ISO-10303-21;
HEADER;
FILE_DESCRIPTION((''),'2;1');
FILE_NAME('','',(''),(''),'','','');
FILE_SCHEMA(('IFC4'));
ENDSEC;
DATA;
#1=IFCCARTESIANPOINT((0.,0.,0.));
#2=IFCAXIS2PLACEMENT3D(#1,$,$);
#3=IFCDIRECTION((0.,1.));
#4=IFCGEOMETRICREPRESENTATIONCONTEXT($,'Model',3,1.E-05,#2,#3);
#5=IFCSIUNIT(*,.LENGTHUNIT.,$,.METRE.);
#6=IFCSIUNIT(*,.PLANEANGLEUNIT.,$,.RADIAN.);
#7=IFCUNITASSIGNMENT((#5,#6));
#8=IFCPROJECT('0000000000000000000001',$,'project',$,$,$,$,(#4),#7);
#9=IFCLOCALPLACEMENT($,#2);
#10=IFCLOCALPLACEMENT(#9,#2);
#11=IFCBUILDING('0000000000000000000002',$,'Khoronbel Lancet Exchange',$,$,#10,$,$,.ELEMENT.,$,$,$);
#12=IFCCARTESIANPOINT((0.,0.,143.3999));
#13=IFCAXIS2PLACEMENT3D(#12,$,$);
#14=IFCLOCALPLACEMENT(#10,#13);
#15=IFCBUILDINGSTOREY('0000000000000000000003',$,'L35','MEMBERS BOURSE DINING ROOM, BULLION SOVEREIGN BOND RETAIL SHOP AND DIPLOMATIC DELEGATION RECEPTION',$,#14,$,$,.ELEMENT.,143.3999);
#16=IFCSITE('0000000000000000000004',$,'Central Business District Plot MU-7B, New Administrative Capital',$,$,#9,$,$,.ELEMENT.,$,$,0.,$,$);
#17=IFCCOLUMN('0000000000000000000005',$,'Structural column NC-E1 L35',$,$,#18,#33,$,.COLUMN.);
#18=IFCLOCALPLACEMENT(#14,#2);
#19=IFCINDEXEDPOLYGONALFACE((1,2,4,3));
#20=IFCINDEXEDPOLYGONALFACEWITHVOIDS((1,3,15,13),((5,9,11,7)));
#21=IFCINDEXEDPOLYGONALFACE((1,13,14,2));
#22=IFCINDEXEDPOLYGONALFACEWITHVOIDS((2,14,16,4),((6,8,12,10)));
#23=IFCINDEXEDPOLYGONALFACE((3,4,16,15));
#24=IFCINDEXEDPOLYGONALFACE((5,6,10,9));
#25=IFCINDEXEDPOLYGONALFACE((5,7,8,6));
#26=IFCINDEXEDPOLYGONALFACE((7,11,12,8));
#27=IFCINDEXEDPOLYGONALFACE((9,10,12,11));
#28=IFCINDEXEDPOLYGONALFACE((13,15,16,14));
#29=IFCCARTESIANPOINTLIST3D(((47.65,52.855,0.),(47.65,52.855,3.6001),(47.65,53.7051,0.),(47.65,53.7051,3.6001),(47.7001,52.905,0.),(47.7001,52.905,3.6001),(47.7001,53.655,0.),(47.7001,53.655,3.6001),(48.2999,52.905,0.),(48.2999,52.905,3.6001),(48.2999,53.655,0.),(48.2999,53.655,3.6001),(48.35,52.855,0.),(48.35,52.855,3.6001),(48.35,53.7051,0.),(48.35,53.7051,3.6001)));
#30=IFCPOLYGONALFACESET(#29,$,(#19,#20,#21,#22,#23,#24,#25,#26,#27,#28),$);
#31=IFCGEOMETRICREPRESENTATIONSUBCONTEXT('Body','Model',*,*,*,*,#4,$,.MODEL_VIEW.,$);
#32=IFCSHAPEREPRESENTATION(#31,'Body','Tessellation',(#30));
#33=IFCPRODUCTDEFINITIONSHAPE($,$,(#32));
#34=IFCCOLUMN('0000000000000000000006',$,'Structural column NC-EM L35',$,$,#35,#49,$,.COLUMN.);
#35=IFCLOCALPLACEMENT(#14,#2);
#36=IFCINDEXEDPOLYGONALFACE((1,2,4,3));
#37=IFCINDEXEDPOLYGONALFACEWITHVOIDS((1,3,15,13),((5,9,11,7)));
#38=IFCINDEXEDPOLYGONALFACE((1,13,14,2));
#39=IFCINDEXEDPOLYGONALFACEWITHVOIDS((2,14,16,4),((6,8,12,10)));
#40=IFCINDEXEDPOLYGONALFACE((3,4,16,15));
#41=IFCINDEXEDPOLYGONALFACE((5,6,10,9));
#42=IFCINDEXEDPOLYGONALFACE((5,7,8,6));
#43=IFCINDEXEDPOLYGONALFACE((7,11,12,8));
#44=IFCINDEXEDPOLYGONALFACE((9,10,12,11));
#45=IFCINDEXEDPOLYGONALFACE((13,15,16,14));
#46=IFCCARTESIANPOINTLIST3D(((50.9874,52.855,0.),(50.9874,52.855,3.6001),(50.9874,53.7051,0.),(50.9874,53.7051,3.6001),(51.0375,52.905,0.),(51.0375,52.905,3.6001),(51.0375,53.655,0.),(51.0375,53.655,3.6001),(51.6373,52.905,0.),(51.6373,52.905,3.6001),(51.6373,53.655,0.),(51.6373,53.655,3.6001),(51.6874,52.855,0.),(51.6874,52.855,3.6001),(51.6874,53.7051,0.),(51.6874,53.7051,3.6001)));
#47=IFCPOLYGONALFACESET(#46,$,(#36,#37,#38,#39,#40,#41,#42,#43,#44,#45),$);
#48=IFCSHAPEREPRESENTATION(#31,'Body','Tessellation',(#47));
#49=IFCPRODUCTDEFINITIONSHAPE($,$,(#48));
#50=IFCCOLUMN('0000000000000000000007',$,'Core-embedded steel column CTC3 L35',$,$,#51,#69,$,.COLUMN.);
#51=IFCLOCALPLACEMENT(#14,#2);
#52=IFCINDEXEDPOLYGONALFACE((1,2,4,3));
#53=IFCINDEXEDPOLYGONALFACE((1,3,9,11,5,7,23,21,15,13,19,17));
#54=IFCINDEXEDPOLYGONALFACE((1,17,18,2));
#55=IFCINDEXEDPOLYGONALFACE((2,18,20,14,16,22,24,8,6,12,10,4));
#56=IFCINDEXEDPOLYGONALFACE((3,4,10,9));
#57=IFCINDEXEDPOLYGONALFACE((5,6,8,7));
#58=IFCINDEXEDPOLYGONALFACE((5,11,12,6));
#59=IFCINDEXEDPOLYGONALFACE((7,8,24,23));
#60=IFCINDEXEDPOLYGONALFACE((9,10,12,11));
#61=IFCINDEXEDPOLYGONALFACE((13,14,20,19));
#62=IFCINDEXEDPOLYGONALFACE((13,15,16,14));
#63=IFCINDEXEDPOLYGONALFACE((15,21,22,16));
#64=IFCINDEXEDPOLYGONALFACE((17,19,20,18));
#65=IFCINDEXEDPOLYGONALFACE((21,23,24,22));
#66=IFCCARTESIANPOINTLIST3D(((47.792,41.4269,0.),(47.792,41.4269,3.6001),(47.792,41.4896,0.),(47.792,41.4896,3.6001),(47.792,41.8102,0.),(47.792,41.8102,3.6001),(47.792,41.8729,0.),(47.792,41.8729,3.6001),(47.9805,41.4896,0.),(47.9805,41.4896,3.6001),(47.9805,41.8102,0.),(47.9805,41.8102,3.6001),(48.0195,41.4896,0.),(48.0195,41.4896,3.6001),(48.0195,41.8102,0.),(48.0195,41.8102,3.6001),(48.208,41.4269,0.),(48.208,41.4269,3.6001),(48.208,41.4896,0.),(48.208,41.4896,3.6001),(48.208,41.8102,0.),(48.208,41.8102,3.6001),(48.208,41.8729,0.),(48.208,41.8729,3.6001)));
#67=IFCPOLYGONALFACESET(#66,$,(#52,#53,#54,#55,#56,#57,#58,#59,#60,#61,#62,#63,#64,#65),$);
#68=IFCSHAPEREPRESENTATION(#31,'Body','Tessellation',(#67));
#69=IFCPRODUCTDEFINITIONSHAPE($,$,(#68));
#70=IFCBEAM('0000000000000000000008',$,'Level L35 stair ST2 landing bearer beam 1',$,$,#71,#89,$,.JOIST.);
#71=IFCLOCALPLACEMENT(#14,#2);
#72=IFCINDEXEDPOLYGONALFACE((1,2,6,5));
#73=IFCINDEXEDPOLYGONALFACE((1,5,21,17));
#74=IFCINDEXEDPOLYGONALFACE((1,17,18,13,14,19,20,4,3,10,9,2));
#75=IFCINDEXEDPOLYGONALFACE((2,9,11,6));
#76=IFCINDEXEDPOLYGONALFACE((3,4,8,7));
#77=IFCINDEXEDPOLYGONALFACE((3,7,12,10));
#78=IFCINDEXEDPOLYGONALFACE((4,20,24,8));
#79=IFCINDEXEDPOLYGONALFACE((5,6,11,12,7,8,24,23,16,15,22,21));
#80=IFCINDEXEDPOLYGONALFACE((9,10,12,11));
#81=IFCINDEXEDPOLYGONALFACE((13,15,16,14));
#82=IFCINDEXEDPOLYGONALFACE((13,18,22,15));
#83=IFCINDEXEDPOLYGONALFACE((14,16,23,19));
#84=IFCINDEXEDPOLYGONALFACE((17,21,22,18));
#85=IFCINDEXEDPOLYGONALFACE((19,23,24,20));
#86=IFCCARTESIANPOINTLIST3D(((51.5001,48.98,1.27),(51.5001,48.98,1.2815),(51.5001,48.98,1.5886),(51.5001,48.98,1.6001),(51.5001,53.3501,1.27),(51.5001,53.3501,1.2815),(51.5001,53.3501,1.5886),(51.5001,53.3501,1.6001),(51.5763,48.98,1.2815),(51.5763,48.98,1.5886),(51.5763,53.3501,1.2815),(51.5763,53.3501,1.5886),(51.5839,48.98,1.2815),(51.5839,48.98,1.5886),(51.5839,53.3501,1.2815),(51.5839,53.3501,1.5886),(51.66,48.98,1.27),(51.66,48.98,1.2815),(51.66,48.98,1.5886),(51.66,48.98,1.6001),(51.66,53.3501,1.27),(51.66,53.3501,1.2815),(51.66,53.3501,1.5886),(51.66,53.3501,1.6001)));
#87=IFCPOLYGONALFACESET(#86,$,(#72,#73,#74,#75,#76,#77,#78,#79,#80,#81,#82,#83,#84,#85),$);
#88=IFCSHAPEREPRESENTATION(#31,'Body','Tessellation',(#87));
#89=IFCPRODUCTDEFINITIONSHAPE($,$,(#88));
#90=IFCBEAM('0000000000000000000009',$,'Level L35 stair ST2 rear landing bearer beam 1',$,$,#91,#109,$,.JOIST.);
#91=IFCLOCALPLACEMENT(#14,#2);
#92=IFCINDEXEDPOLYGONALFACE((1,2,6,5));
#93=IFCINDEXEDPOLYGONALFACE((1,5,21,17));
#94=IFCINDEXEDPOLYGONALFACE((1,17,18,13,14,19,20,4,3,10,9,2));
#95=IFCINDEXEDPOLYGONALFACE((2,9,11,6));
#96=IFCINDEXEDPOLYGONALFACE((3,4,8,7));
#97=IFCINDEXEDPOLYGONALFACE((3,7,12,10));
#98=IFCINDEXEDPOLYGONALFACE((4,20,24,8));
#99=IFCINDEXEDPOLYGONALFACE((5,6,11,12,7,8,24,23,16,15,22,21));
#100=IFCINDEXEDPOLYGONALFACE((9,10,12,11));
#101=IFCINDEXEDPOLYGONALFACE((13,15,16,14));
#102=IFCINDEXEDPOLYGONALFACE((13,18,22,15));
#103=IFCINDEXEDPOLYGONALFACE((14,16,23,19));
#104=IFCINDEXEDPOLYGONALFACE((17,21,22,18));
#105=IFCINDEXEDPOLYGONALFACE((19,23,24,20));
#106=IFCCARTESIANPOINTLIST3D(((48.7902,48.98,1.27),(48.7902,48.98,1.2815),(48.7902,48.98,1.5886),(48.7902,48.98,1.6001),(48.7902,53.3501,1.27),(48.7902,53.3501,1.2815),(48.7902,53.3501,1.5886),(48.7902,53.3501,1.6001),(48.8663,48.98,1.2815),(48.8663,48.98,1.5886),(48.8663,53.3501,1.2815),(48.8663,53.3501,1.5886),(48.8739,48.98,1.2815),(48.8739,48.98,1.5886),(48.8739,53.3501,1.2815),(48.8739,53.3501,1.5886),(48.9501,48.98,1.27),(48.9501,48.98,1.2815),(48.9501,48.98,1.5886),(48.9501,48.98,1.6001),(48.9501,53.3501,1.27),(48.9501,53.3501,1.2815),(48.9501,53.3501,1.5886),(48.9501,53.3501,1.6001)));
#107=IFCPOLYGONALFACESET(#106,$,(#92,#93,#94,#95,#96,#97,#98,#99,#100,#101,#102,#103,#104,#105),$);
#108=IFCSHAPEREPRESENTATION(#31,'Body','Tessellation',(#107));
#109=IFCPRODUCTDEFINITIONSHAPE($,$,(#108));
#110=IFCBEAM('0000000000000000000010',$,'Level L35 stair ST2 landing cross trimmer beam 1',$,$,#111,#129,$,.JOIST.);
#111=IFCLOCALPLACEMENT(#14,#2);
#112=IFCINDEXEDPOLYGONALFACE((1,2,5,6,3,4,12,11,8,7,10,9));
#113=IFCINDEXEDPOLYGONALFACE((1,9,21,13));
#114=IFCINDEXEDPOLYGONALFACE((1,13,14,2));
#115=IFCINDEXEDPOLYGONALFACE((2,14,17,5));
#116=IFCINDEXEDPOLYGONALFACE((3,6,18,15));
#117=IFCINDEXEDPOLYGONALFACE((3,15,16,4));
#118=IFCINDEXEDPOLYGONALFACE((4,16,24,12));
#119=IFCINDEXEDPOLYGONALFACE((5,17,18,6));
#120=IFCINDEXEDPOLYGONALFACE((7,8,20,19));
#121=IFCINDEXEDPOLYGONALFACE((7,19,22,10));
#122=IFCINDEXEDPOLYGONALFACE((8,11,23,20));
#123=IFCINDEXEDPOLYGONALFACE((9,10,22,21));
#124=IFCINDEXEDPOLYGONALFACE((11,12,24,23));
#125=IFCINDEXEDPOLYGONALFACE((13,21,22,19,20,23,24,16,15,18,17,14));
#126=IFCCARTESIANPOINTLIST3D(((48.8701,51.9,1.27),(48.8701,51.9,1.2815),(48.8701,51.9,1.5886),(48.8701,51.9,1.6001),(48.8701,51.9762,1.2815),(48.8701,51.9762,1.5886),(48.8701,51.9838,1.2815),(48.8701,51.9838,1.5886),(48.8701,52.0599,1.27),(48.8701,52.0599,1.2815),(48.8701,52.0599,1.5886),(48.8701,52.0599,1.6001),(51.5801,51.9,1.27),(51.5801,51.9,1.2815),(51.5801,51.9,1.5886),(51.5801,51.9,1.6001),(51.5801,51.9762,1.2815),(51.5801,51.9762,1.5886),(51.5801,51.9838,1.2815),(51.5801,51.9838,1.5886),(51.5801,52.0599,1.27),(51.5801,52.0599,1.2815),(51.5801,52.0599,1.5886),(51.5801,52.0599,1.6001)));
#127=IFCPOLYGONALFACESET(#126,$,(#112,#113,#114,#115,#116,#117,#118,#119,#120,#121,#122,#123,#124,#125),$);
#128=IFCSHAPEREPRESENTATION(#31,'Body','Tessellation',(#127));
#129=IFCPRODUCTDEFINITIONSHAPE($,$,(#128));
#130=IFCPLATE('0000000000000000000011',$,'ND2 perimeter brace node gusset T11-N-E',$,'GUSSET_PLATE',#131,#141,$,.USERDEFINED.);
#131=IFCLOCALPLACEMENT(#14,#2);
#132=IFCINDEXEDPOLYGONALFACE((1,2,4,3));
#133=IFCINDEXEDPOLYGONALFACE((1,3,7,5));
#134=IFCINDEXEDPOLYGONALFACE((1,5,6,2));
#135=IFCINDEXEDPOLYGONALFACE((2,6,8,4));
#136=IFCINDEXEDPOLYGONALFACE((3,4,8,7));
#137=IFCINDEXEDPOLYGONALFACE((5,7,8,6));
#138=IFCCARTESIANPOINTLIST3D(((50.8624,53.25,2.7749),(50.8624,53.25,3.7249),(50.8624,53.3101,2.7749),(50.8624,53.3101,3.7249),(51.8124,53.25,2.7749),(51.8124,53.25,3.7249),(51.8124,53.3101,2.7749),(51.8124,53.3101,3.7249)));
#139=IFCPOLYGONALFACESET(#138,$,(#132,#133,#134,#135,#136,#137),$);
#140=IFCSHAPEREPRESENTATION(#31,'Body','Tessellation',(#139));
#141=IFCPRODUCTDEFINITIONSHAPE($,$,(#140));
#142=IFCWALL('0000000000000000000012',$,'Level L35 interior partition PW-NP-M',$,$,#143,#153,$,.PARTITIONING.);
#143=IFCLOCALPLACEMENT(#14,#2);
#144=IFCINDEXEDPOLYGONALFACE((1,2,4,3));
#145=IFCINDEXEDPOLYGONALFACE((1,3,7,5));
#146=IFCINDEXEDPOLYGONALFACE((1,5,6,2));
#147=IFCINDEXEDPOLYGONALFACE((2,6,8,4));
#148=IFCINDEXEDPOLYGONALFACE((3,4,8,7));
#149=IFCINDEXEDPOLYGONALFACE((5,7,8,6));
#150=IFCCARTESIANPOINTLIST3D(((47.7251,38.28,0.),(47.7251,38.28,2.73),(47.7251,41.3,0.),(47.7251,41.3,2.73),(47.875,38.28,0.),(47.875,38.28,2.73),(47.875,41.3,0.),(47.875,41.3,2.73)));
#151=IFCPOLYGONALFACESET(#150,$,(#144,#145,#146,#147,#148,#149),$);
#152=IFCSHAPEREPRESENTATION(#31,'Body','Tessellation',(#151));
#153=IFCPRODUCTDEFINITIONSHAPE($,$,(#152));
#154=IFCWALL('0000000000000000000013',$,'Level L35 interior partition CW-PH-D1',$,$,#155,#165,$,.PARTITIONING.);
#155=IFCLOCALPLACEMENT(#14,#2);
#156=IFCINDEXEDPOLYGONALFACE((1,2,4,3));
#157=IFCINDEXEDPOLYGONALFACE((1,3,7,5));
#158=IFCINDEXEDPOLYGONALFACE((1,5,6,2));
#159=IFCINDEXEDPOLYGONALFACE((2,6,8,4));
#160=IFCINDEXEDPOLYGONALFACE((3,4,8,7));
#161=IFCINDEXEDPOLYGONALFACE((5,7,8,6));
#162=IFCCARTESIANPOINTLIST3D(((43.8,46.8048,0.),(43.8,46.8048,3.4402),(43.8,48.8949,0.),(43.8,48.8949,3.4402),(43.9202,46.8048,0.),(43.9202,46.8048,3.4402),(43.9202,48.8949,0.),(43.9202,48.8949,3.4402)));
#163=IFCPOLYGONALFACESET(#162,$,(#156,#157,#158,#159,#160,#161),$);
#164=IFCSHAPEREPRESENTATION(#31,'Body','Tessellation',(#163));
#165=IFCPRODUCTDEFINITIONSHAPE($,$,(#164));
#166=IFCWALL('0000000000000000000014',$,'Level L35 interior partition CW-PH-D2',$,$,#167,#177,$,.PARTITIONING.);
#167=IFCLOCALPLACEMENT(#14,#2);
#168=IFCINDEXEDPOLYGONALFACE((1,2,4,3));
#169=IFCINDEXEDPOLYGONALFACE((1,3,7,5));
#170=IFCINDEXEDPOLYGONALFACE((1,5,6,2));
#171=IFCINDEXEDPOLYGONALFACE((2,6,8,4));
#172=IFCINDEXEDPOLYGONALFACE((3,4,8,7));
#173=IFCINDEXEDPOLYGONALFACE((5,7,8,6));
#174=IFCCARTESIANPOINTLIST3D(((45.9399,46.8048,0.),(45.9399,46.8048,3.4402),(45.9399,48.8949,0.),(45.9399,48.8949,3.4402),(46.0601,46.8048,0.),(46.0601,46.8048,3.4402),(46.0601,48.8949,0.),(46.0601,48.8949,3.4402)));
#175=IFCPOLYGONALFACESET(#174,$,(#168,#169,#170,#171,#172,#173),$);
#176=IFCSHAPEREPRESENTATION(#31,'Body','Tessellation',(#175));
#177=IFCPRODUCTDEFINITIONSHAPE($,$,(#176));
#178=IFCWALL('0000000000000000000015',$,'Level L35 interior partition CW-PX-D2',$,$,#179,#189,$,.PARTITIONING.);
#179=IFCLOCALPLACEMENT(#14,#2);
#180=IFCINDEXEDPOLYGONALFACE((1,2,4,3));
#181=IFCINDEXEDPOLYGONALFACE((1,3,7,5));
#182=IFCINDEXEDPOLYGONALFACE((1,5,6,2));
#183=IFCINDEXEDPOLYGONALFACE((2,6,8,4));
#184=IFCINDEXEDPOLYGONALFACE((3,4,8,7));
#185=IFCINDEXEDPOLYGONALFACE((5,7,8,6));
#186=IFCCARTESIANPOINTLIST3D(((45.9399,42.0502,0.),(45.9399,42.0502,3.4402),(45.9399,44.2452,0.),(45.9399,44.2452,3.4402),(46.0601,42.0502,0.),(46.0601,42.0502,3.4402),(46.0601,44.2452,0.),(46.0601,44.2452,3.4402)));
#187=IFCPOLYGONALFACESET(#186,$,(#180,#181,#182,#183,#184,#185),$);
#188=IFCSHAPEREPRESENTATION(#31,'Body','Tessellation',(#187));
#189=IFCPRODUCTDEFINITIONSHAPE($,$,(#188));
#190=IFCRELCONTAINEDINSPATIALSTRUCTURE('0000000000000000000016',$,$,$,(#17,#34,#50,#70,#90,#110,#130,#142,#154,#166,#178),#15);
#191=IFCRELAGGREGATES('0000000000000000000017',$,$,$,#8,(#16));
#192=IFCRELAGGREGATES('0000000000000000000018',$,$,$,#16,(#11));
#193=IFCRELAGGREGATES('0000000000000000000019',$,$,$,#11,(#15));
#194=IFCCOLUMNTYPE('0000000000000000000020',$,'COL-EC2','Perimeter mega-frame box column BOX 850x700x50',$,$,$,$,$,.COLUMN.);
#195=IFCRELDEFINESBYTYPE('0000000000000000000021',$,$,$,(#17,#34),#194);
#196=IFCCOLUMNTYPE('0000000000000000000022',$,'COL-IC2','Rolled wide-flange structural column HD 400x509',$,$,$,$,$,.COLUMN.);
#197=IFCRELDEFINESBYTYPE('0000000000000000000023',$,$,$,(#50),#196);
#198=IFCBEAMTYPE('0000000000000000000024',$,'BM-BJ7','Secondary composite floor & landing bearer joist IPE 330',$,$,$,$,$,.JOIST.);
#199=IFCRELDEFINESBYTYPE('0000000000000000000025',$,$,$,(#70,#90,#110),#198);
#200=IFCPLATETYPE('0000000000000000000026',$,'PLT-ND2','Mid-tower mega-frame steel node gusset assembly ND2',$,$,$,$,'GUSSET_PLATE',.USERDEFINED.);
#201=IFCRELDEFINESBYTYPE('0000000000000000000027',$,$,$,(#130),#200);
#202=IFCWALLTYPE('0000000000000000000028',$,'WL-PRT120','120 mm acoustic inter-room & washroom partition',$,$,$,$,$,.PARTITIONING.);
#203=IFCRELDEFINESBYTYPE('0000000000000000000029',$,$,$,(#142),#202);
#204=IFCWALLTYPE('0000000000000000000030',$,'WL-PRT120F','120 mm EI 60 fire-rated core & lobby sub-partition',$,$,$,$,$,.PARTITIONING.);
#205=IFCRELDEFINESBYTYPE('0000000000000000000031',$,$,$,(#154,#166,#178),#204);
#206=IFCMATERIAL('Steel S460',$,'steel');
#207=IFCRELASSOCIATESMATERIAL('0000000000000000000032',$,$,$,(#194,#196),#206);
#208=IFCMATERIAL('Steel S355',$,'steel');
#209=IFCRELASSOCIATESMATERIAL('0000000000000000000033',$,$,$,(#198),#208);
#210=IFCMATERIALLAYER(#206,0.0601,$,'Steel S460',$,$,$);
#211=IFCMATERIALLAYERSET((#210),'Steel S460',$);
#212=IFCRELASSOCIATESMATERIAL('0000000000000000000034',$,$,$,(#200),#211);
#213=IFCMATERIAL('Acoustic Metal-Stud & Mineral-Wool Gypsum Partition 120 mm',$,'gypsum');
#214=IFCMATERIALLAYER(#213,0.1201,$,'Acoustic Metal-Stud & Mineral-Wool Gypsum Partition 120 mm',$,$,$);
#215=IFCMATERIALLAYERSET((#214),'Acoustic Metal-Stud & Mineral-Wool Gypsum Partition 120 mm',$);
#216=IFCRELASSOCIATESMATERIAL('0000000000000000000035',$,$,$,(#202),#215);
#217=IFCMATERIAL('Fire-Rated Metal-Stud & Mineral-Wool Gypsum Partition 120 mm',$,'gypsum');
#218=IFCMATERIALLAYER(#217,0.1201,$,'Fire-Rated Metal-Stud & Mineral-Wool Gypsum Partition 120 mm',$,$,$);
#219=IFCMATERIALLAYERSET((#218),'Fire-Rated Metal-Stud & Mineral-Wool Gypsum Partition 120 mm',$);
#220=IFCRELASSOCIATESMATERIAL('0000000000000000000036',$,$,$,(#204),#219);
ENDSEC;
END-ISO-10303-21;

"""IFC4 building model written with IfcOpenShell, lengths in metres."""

from ifc_helpers import new_model, si_unit, direction, frame, frame_2d, origin, origin_2d, place, context, subcontext, project, spatial, rectangle, hollow_rectangle, i_section, extrude, material, layer, layer_set, material_profile, profile_set, type_object, element, save


model = new_model("IFC4")

# Units and contexts
model_context = context("Model", 3, precision=1e-05, world=origin(), true_north=direction((0.0, 1.0)))
body_context = subcontext(model_context, "Body", "Model", "MODEL_VIEW")
ifc_project = project(units=[si_unit("LENGTHUNIT", "METRE"), si_unit("PLANEANGLEUNIT", "RADIAN")], contexts=[model_context])

# Site, building, storey
site_placement = place(None, origin())
site = spatial("IfcSite", under=ifc_project, at=site_placement, Name="Central Business District Plot MU-7B, New Administrative Capital", CompositionType="ELEMENT", RefElevation=0.0)
building_placement = place(site_placement, origin())
building = spatial("IfcBuilding", under=site, at=building_placement, Name="Khoronbel Lancet Exchange", CompositionType="ELEMENT")
storey_placement = place(building_placement, frame((0.0, 0.0, 143.3999)))
storey = spatial("IfcBuildingStorey", under=building, at=storey_placement, Name="L35", Description="MEMBERS BOURSE DINING ROOM, BULLION SOVEREIGN BOND RETAIL SHOP AND DIPLOMATIC DELEGATION RECEPTION", CompositionType="ELEMENT", Elevation=143.3999)

# Columns
ifc_material_1 = material(Name="Steel S460", Category="steel")
ifc_material_profile_1 = material_profile(ifc_material_1, hollow_rectangle(XDim=0.7, YDim=0.8501, WallThickness=0.05, at=origin_2d()), Name="BOX 850x700x50")
ifc_profile_set_1 = profile_set([ifc_material_profile_1], Name="Steel S460")
column_type_1 = type_object("IfcColumnType", Name="COL-EC2", Description="Perimeter mega-frame box column BOX 850x700x50", PredefinedType="COLUMN", material=ifc_profile_set_1)
for number, where, z_axis, x_axis, name in (
    (1, (48.0, 53.28, 0.0), (0.0, 0.0, 1.0), (1.0, 0.0, 0.0), "Structural column NC-E1 L35"),
    (2, (51.3374, 53.28, 0.0), (0.0, 0.0, 1.0), (1.0, 0.0, 0.0), "Structural column NC-EM L35"),
):
    element("IfcColumn", number, at=place(storey_placement, frame(where, z_axis=z_axis, x_axis=x_axis)), inside=storey, type_object=column_type_1, Name=name, PredefinedType="COLUMN", context=body_context, shape_type="SweptSolid", body=[
        extrude(hollow_rectangle(XDim=0.7, YDim=0.8501, WallThickness=0.05, at=origin_2d()), origin(), (0.0, 0.0, 1.0), 3.6001),
    ])
ifc_material_profile_2 = material_profile(ifc_material_1, i_section(OverallWidth=0.416, OverallDepth=0.446, WebThickness=0.0391, FlangeThickness=0.0627, at=origin_2d()), Name="HD 400x509")
ifc_profile_set_2 = profile_set([ifc_material_profile_2], Name="Steel S460")
column_type_2 = type_object("IfcColumnType", Name="COL-IC2", Description="Rolled wide-flange structural column HD 400x509", PredefinedType="COLUMN", material=ifc_profile_set_2)
column_placement = place(storey_placement, frame((48.0, 41.6499, 0.0), z_axis=(0.0, 0.0, 1.0), x_axis=(1.0, 0.0, 0.0)))
element("IfcColumn", 3, at=column_placement, inside=storey, type_object=column_type_2, Name="Core-embedded steel column CTC3 L35", PredefinedType="COLUMN", context=body_context, shape_type="SweptSolid", body=[
    extrude(i_section(OverallWidth=0.416, OverallDepth=0.446, WebThickness=0.0391, FlangeThickness=0.0627, at=origin_2d()), origin(), (0.0, 0.0, 1.0), 3.6001),
])

# Beams
ifc_material_2 = material(Name="Steel S355", Category="steel")
ifc_material_profile_3 = material_profile(ifc_material_2, i_section(OverallWidth=0.1599, OverallDepth=0.3301, WebThickness=0.0076, FlangeThickness=0.0115, at=origin_2d()), Name="IPE 330")
ifc_profile_set_3 = profile_set([ifc_material_profile_3], Name="Steel S355")
beam_type = type_object("IfcBeamType", Name="BM-BJ7", Description="Secondary composite floor & landing bearer joist IPE 330", PredefinedType="JOIST", material=ifc_profile_set_3)
for number, where, z_axis, x_axis, name in (
    (4, (51.5801, 48.98, 1.4351), (0.0, 1.0, 0.0), (-1.0, 0.0, 0.0), "Level L35 stair ST2 landing bearer beam 1"),
    (5, (48.8701, 48.98, 1.4351), (0.0, 1.0, 0.0), (-1.0, 0.0, 0.0), "Level L35 stair ST2 rear landing bearer beam 1"),
):
    element("IfcBeam", number, at=place(storey_placement, frame(where, z_axis=z_axis, x_axis=x_axis)), inside=storey, type_object=beam_type, Name=name, PredefinedType="JOIST", context=body_context, shape_type="SweptSolid", body=[
        extrude(i_section(OverallWidth=0.1599, OverallDepth=0.3301, WebThickness=0.0076, FlangeThickness=0.0115, at=origin_2d()), origin(), (0.0, 0.0, 1.0), 4.3701),
    ])
beam_placement = place(storey_placement, frame((48.8701, 51.98, 1.4351), z_axis=(1.0, 0.0, 0.0), x_axis=(0.0, 1.0, 0.0)))
element("IfcBeam", 6, at=beam_placement, inside=storey, type_object=beam_type, Name="Level L35 stair ST2 landing cross trimmer beam 1", PredefinedType="JOIST", context=body_context, shape_type="SweptSolid", body=[
    extrude(i_section(OverallWidth=0.1599, OverallDepth=0.3301, WebThickness=0.0076, FlangeThickness=0.0115, at=origin_2d()), origin(), (0.0, 0.0, 1.0), 2.71),
])

# Plate
ifc_layer_1 = layer(ifc_material_1, 0.0601, Name="Steel S460")
ifc_layer_set_1 = layer_set([ifc_layer_1], Name="Steel S460")
plate_type = type_object("IfcPlateType", Name="PLT-ND2", Description="Mid-tower mega-frame steel node gusset assembly ND2", ElementType="GUSSET_PLATE", PredefinedType="USERDEFINED", material=ifc_layer_set_1)
plate_placement = place(storey_placement, frame((51.3374, 53.28, 2.7749), z_axis=(0.0, 0.0, 1.0), x_axis=(1.0, 0.0, 0.0)))
element("IfcPlate", 7, at=plate_placement, inside=storey, type_object=plate_type, Name="ND2 perimeter brace node gusset T11-N-E", ObjectType="GUSSET_PLATE", PredefinedType="USERDEFINED", context=body_context, shape_type="SweptSolid", body=[
    extrude(rectangle(XDim=0.95, YDim=0.0601, at=origin_2d()), origin(), (0.0, 0.0, 1.0), 0.95),
])

# Walls
ifc_material_3 = material(Name="Acoustic Metal-Stud & Mineral-Wool Gypsum Partition 120 mm", Category="gypsum")
ifc_layer_2 = layer(ifc_material_3, 0.1201, Name="Acoustic Metal-Stud & Mineral-Wool Gypsum Partition 120 mm")
ifc_layer_set_2 = layer_set([ifc_layer_2], Name="Acoustic Metal-Stud & Mineral-Wool Gypsum Partition 120 mm")
wall_type_1 = type_object("IfcWallType", Name="WL-PRT120", Description="120 mm acoustic inter-room & washroom partition", PredefinedType="PARTITIONING", material=ifc_layer_set_2)
wall_1_placement = place(storey_placement, frame((47.8, 38.28, 0.0), z_axis=(0.0, 0.0, 1.0), x_axis=(0.0, 1.0, 0.0)))
element("IfcWall", 8, at=wall_1_placement, inside=storey, type_object=wall_type_1, Name="Level L35 interior partition PW-NP-M", PredefinedType="PARTITIONING", context=body_context, shape_type="SweptSolid", body=[
    extrude(rectangle(XDim=3.02, YDim=0.1499, at=frame_2d((1.51, 0.0))), origin(), (0.0, 0.0, 1.0), 2.73),
])
ifc_material_4 = material(Name="Fire-Rated Metal-Stud & Mineral-Wool Gypsum Partition 120 mm", Category="gypsum")
ifc_layer_3 = layer(ifc_material_4, 0.1201, Name="Fire-Rated Metal-Stud & Mineral-Wool Gypsum Partition 120 mm")
ifc_layer_set_3 = layer_set([ifc_layer_3], Name="Fire-Rated Metal-Stud & Mineral-Wool Gypsum Partition 120 mm")
wall_type_2 = type_object("IfcWallType", Name="WL-PRT120F", Description="120 mm EI 60 fire-rated core & lobby sub-partition", PredefinedType="PARTITIONING", material=ifc_layer_set_3)
for number, where, z_axis, x_axis, name in (
    (9, (43.8601, 46.8049, 0.0), (0.0, 0.0, 1.0), (0.0, 1.0, 0.0), "Level L35 interior partition CW-PH-D1"),
    (10, (46.0, 46.8049, 0.0), (0.0, 0.0, 1.0), (0.0, 1.0, 0.0), "Level L35 interior partition CW-PH-D2"),
):
    element("IfcWall", number, at=place(storey_placement, frame(where, z_axis=z_axis, x_axis=x_axis)), inside=storey, type_object=wall_type_2, Name=name, PredefinedType="PARTITIONING", context=body_context, shape_type="SweptSolid", body=[
        extrude(rectangle(XDim=2.0901, YDim=0.1201, at=frame_2d((1.0449, 0.0))), origin(), (0.0, 0.0, 1.0), 3.4402),
    ])
wall_2_placement = place(storey_placement, frame((46.0, 42.05, 0.0), z_axis=(0.0, 0.0, 1.0), x_axis=(0.0, 1.0, 0.0)))
element("IfcWall", 11, at=wall_2_placement, inside=storey, type_object=wall_type_2, Name="Level L35 interior partition CW-PX-D2", PredefinedType="PARTITIONING", context=body_context, shape_type="SweptSolid", body=[
    extrude(rectangle(XDim=2.1951, YDim=0.1201, at=frame_2d((1.0977, 0.0))), origin(), (0.0, 0.0, 1.0), 3.4402),
])

save(model, "model.ifc")
